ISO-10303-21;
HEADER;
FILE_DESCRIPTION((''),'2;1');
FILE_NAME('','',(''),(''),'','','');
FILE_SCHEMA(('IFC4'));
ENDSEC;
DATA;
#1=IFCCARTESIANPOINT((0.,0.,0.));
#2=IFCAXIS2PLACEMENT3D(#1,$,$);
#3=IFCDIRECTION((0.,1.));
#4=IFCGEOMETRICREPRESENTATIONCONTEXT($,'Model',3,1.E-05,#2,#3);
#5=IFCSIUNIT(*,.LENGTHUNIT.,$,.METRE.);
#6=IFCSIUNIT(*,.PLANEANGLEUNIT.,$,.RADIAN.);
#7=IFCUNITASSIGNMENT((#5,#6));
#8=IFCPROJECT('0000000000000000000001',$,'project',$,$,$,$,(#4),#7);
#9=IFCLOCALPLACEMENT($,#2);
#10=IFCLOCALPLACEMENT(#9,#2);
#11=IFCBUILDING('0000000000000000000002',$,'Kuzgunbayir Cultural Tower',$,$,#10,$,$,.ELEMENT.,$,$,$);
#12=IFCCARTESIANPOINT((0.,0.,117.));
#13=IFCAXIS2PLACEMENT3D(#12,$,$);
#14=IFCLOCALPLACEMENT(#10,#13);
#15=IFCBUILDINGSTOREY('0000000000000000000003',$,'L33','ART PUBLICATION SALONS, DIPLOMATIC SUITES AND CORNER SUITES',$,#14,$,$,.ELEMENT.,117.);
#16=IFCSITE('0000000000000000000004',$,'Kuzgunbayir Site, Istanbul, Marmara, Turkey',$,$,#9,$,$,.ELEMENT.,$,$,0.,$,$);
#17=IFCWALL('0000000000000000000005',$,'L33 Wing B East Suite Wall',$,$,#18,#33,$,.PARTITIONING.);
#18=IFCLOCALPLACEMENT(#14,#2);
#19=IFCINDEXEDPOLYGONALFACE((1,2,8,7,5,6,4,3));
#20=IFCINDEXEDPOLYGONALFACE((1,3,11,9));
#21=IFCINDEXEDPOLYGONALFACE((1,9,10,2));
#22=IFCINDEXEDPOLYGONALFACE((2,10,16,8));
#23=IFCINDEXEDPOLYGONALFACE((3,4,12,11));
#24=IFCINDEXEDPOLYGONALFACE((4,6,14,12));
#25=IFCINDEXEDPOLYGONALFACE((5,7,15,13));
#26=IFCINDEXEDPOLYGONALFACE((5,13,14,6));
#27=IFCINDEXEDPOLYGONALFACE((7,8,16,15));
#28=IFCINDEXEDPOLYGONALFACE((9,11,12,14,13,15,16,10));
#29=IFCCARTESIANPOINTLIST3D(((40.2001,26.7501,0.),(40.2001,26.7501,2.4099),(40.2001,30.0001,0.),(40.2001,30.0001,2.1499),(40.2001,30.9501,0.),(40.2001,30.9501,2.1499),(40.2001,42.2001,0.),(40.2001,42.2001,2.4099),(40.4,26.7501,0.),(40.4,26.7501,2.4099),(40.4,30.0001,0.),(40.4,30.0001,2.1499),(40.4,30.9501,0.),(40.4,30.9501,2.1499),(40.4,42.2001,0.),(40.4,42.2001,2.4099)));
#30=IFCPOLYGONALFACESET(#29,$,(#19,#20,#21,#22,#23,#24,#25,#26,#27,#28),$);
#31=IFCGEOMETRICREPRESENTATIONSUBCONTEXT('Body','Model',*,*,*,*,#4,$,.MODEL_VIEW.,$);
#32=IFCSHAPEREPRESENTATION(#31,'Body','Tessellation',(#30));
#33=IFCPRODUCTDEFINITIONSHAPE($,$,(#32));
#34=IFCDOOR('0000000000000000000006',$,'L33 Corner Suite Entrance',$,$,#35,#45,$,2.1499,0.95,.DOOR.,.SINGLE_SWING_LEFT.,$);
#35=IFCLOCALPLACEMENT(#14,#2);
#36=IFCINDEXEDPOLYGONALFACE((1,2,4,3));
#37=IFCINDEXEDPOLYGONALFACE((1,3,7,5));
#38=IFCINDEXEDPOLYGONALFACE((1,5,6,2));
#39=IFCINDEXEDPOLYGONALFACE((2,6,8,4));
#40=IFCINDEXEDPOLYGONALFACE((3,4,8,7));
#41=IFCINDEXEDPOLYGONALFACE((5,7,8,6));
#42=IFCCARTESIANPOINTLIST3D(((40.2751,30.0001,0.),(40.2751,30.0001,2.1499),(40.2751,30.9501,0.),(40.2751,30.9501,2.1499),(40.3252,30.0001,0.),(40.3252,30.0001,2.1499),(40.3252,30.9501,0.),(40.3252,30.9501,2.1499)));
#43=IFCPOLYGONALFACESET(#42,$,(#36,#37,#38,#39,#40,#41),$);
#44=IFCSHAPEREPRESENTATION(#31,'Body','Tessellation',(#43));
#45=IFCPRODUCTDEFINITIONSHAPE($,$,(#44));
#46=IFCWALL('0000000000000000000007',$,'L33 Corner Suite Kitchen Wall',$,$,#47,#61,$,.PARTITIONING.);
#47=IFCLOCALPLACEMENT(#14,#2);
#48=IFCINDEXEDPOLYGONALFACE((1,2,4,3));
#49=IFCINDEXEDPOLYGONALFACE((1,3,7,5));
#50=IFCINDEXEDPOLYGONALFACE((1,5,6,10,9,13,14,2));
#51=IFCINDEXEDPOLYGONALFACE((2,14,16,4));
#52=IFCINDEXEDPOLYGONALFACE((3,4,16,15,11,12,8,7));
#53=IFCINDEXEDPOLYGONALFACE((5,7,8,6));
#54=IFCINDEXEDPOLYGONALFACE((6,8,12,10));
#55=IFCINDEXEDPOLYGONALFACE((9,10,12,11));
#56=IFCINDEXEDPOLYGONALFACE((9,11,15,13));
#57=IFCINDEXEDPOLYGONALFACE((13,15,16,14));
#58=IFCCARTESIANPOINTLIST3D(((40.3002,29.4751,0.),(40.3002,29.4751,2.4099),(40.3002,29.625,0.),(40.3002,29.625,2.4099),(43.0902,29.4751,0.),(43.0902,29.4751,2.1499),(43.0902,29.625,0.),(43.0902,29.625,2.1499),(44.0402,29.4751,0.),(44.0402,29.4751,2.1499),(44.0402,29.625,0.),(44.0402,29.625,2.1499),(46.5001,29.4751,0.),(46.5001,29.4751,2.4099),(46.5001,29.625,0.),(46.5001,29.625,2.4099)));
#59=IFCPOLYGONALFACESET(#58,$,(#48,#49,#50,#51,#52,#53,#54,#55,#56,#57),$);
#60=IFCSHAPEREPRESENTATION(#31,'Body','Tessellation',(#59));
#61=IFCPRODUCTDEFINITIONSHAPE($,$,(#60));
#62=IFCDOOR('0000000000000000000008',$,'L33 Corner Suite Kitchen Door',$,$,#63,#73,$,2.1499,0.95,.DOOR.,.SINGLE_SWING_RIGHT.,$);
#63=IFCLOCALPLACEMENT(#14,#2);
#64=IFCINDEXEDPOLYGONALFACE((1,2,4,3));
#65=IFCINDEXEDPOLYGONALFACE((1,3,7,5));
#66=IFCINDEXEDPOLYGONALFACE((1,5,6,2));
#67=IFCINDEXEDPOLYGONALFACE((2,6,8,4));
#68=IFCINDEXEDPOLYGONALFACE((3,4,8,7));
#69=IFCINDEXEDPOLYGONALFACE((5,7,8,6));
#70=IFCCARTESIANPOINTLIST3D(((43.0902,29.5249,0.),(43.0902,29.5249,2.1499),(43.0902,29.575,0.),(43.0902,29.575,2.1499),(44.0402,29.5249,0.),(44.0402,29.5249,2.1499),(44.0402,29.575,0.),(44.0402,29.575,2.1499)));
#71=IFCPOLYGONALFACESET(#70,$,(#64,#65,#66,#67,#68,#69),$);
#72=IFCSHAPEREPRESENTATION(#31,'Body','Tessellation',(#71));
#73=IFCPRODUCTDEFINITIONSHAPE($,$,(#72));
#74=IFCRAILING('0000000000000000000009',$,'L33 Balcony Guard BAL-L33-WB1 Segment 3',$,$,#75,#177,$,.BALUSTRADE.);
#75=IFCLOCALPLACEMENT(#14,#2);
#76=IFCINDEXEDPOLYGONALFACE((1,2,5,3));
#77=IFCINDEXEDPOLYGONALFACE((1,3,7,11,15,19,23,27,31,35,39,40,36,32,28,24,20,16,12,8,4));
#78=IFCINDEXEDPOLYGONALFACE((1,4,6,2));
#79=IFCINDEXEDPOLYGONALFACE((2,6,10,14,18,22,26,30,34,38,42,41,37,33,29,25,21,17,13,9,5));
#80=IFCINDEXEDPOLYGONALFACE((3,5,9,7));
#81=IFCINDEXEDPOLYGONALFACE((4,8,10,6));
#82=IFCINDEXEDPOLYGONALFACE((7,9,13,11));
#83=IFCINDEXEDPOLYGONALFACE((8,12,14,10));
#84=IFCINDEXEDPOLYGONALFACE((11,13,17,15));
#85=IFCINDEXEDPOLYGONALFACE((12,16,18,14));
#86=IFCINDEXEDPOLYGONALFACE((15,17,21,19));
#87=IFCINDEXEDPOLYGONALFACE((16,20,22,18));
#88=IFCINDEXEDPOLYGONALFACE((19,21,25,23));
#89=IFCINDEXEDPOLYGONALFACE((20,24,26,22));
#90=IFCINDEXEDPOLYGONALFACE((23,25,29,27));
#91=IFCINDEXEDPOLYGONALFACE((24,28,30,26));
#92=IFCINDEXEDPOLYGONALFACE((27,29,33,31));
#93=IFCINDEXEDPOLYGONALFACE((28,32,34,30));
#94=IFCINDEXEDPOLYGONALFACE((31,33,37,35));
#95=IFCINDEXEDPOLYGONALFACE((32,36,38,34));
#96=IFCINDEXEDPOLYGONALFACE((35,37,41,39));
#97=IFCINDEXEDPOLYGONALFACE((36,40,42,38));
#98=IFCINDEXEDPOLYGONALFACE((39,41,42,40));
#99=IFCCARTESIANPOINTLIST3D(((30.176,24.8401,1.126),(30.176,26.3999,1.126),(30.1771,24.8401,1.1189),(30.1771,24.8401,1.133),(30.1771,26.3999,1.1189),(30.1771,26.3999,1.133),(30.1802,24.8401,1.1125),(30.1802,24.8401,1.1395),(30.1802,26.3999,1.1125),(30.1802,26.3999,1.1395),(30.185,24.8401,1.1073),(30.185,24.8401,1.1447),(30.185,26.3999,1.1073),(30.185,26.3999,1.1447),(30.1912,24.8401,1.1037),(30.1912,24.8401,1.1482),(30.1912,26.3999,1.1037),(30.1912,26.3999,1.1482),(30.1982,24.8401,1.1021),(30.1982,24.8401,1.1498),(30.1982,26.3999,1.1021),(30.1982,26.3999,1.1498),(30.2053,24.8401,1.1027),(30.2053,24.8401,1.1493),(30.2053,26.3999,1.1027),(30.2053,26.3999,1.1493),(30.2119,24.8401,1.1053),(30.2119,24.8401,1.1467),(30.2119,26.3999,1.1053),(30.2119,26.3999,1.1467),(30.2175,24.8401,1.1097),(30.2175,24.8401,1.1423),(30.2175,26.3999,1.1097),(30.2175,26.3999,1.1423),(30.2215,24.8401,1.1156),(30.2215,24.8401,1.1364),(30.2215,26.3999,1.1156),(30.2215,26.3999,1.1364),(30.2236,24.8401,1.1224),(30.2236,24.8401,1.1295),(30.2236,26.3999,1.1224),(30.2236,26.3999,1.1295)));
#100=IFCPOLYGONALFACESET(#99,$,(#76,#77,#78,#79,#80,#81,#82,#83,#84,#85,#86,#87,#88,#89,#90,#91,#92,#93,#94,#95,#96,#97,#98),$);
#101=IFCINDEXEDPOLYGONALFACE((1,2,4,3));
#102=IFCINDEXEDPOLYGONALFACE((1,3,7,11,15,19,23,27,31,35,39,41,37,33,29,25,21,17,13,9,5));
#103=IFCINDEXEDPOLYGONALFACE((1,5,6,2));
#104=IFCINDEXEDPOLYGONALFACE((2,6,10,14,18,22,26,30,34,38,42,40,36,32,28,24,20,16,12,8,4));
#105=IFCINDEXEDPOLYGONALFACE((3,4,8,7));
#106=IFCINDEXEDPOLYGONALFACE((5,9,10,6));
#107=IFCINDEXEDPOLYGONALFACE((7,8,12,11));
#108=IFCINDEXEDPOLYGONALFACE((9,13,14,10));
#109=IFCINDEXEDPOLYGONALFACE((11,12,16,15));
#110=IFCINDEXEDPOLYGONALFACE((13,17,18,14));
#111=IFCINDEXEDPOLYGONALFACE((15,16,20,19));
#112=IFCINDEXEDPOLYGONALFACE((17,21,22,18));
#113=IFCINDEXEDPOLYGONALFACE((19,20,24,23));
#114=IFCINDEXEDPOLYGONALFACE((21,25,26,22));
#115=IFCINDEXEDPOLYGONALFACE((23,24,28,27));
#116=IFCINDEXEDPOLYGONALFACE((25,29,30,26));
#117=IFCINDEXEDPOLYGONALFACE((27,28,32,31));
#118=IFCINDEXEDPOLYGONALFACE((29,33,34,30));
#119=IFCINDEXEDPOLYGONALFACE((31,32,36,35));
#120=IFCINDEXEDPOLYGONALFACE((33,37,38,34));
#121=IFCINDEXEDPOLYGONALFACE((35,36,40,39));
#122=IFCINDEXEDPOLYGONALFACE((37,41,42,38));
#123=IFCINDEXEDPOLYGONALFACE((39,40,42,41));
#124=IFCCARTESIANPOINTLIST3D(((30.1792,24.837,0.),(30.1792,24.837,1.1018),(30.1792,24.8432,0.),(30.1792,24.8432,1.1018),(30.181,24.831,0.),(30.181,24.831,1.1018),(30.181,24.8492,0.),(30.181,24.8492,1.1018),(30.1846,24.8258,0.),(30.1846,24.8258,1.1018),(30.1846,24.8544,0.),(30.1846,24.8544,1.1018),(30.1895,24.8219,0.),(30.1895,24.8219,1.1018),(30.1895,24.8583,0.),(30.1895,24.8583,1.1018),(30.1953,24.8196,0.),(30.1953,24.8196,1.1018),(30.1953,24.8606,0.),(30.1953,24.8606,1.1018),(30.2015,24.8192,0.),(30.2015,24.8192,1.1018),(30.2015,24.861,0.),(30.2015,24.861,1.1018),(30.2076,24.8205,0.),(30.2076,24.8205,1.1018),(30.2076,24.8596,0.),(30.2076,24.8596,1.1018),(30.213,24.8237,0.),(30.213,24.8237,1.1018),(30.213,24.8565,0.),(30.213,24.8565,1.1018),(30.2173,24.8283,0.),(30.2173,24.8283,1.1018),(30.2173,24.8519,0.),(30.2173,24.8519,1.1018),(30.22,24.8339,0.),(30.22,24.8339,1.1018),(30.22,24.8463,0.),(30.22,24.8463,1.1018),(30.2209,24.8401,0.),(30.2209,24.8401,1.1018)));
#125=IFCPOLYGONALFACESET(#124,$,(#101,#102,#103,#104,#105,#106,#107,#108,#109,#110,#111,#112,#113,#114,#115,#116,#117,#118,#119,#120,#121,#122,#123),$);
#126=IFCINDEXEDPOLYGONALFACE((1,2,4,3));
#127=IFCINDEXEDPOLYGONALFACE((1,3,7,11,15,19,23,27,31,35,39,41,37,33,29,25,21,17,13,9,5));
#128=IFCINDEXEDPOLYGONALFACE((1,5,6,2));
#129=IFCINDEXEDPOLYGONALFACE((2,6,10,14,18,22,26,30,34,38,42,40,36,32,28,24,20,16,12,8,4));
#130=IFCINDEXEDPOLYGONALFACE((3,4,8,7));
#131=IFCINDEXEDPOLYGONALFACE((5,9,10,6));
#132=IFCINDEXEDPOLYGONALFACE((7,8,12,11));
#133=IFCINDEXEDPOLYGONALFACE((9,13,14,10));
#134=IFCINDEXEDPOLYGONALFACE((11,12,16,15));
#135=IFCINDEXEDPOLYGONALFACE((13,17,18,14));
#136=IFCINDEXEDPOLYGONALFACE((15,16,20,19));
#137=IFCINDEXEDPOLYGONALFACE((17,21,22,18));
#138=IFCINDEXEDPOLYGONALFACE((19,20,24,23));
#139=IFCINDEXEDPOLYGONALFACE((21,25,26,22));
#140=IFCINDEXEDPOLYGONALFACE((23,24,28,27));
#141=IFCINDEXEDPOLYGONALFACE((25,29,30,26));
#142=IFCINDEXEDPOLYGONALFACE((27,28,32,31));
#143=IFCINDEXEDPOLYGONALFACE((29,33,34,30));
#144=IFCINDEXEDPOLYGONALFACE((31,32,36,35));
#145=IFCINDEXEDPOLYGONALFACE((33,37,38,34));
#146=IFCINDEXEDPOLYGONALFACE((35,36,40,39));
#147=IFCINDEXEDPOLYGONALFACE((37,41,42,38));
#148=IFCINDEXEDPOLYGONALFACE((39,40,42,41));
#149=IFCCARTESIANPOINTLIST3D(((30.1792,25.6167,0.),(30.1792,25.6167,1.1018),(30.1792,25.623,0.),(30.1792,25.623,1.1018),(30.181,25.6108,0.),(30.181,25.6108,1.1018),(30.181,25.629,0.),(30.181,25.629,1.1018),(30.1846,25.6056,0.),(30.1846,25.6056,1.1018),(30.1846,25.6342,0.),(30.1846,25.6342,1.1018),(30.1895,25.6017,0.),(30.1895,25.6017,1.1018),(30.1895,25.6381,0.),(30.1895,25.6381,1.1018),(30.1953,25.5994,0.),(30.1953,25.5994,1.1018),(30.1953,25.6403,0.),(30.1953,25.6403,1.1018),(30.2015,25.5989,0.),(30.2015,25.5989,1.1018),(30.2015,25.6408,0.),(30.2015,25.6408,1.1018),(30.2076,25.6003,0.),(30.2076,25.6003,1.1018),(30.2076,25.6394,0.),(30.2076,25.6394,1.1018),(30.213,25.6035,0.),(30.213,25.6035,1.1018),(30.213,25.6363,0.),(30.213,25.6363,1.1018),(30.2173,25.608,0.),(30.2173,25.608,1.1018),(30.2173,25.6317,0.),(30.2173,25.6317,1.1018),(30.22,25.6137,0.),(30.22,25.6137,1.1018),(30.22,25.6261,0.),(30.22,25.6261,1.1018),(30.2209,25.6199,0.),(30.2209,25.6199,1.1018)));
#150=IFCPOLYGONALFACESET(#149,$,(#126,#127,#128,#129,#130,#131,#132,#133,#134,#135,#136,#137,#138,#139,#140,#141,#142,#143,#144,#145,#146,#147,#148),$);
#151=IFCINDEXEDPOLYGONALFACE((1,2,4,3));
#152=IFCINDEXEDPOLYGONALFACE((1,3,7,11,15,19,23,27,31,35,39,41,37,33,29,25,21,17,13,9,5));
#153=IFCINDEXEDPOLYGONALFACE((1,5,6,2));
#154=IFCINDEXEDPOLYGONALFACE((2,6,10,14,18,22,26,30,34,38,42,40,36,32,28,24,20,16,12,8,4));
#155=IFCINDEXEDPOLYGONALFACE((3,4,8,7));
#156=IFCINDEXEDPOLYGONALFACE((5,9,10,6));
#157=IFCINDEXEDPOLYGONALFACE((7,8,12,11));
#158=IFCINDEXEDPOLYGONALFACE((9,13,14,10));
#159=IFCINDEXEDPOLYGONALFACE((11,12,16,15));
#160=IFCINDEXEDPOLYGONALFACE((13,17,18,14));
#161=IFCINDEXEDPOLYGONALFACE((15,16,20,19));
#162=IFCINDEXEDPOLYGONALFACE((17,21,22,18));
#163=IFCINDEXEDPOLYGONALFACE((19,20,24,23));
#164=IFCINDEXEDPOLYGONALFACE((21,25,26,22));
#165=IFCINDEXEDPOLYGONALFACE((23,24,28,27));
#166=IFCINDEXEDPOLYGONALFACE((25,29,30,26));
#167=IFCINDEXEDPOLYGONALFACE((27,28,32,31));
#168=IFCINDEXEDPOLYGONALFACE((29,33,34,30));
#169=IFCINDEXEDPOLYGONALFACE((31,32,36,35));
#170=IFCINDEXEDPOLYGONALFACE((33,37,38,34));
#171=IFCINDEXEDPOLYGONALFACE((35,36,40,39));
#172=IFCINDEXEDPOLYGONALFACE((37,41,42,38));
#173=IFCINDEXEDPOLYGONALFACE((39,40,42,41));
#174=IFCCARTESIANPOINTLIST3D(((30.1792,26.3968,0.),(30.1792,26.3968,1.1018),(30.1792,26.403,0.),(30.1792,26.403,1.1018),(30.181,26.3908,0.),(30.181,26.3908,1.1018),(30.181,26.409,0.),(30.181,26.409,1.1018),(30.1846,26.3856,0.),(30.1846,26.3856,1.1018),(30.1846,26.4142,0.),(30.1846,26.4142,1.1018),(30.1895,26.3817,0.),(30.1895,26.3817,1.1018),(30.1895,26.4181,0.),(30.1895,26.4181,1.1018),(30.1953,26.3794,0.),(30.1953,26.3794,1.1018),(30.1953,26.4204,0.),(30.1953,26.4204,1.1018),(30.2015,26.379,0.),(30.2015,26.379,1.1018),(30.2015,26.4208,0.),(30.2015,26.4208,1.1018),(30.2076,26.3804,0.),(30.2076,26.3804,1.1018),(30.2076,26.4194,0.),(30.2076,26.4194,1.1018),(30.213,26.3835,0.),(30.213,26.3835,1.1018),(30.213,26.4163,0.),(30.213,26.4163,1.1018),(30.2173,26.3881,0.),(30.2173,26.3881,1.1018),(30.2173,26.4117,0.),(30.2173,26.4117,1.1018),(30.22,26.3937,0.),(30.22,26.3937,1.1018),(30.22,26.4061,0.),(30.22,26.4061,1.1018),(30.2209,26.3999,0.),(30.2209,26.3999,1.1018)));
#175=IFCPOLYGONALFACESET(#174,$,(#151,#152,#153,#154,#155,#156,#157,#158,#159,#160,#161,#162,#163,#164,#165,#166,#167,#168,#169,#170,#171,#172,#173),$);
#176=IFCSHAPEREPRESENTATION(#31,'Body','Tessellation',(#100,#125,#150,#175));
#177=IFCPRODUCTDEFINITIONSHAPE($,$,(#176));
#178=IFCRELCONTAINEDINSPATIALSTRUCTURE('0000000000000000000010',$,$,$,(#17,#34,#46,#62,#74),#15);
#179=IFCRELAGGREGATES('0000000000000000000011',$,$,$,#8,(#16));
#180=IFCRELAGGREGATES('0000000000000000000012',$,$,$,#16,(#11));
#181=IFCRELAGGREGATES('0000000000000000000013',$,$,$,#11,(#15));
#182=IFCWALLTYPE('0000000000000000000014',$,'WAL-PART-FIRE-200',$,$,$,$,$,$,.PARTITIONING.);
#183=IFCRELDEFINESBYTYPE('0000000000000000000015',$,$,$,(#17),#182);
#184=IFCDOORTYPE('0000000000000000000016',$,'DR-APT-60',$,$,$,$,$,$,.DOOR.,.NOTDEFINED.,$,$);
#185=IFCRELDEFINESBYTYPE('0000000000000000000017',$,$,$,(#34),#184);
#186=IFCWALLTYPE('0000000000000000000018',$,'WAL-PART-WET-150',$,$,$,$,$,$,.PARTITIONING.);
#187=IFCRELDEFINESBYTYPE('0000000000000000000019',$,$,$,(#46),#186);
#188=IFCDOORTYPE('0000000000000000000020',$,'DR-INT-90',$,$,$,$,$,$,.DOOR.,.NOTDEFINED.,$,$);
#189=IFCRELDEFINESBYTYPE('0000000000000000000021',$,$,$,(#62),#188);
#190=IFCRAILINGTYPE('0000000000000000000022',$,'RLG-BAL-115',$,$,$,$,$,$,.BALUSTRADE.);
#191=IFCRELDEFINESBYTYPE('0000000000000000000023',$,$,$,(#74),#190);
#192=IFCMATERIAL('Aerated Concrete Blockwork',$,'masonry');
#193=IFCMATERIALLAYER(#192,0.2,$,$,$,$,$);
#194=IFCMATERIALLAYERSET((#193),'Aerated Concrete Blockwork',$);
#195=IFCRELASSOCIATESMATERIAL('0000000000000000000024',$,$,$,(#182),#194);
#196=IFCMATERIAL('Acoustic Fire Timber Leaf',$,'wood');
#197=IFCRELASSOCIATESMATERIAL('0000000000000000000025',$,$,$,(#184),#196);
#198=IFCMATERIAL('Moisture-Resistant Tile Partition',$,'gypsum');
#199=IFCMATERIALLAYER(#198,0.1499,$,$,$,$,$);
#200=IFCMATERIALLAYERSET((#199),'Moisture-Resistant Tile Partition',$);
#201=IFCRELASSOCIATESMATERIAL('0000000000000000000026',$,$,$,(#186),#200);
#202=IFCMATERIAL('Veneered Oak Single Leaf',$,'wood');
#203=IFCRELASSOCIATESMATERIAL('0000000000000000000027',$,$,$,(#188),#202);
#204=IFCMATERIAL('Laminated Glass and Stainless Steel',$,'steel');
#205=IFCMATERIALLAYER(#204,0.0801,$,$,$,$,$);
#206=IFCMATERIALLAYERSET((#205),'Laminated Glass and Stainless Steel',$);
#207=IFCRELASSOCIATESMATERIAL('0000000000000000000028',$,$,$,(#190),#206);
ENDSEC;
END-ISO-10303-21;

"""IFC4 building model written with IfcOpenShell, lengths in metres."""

from ifc_helpers import new_model, si_unit, direction, frame, frame_2d, origin, origin_2d, place, context, subcontext, project, spatial, rectangle, circle, extrude, material, layer, layer_set, type_object, element, fill, save


model = new_model("IFC4")

# Units and contexts
model_context = context("Model", 3, precision=1e-05, world=origin(), true_north=direction((0.0, 1.0)))
body_context = subcontext(model_context, "Body", "Model", "MODEL_VIEW")
ifc_project = project(units=[si_unit("LENGTHUNIT", "METRE"), si_unit("PLANEANGLEUNIT", "RADIAN")], contexts=[model_context])

# Site, building, storey
site_placement = place(None, origin())
site = spatial("IfcSite", under=ifc_project, at=site_placement, Name="Kuzgunbayir Site, Istanbul, Marmara, Turkey", CompositionType="ELEMENT", RefElevation=0.0)
building_placement = place(site_placement, origin())
building = spatial("IfcBuilding", under=site, at=building_placement, Name="Kuzgunbayir Cultural Tower", CompositionType="ELEMENT")
storey_placement = place(building_placement, frame((0.0, 0.0, 117.0)))
storey = spatial("IfcBuildingStorey", under=building, at=storey_placement, Name="L33", Description="ART PUBLICATION SALONS, DIPLOMATIC SUITES AND CORNER SUITES", CompositionType="ELEMENT", Elevation=117.0)

# Walls, openings, doors
ifc_material_1 = material(Name="Aerated Concrete Blockwork", Category="masonry")
ifc_layer_1 = layer(ifc_material_1, 0.2)
ifc_layer_set_1 = layer_set([ifc_layer_1], Name="Aerated Concrete Blockwork")
wall_type_1 = type_object("IfcWallType", Name="WAL-PART-FIRE-200", PredefinedType="PARTITIONING", material=ifc_layer_set_1)
wall_1_placement = place(storey_placement, frame((40.3, 26.75, 0.0), z_axis=(0.0, 0.0, 1.0), x_axis=(0.0, 1.0, 0.0)))
wall_1 = element("IfcWall", 1, at=wall_1_placement, inside=storey, type_object=wall_type_1, Name="L33 Wing B East Suite Wall", PredefinedType="PARTITIONING", context=body_context, shape_type="SweptSolid", body=[
    extrude(rectangle(XDim=15.45, YDim=0.2, at=frame_2d((7.7251, 0.0))), origin(), (0.0, 0.0, 1.0), 2.4099),
])
opening_1_placement = place(wall_1_placement, frame((3.25, 0.0, 0.0)))
opening_1 = element("IfcOpeningElement", 2, at=opening_1_placement, cuts=wall_1, PredefinedType="OPENING", context=body_context, shape_type="SweptSolid", body=[
    extrude(rectangle(XDim=0.95, YDim=2.1499, at=frame_2d((0.4751, 1.075))), frame((0.0, 0.1099, 0.0), z_axis=(0.0, -1.0, 0.0), x_axis=(1.0, 0.0, 0.0)), (0.0, 0.0, 1.0), 0.22),
])
ifc_material_2 = material(Name="Acoustic Fire Timber Leaf", Category="wood")
door_type_1 = type_object("IfcDoorType", Name="DR-APT-60", OperationType="NOTDEFINED", PredefinedType="DOOR", material=ifc_material_2)
door_1_placement = place(opening_1_placement, origin())
door_1 = element("IfcDoor", 3, at=door_1_placement, inside=storey, type_object=door_type_1, Name="L33 Corner Suite Entrance", OperationType="SINGLE_SWING_LEFT", OverallHeight=2.1499, OverallWidth=0.95, PredefinedType="DOOR", context=body_context, shape_type="SweptSolid", body=[
    extrude(rectangle(XDim=0.95, YDim=2.1499, at=frame_2d((0.4751, 1.075))), frame((0.0, 0.0249, 0.0), z_axis=(0.0, -1.0, 0.0), x_axis=(1.0, 0.0, 0.0)), (0.0, 0.0, 1.0), 0.05),
])
fill(opening_1, door_1)
ifc_material_3 = material(Name="Moisture-Resistant Tile Partition", Category="gypsum")
ifc_layer_2 = layer(ifc_material_3, 0.1499)
ifc_layer_set_2 = layer_set([ifc_layer_2], Name="Moisture-Resistant Tile Partition")
wall_type_2 = type_object("IfcWallType", Name="WAL-PART-WET-150", PredefinedType="PARTITIONING", material=ifc_layer_set_2)
wall_2_placement = place(storey_placement, frame((40.3, 29.55, 0.0), z_axis=(0.0, 0.0, 1.0), x_axis=(1.0, 0.0, 0.0)))
wall_2 = element("IfcWall", 4, at=wall_2_placement, inside=storey, type_object=wall_type_2, Name="L33 Corner Suite Kitchen Wall", PredefinedType="PARTITIONING", context=body_context, shape_type="SweptSolid", body=[
    extrude(rectangle(XDim=6.2, YDim=0.1499, at=frame_2d((3.1001, 0.0))), origin(), (0.0, 0.0, 1.0), 2.4099),
])
opening_2_placement = place(wall_2_placement, frame((2.79, 0.0, 0.0)))
opening_2 = element("IfcOpeningElement", 5, at=opening_2_placement, cuts=wall_2, PredefinedType="OPENING", context=body_context, shape_type="SweptSolid", body=[
    extrude(rectangle(XDim=0.95, YDim=2.1499, at=frame_2d((0.4751, 1.075))), frame((0.0, 0.085, 0.0), z_axis=(0.0, -1.0, 0.0), x_axis=(1.0, 0.0, 0.0)), (0.0, 0.0, 1.0), 0.1699),
])
ifc_material_4 = material(Name="Veneered Oak Single Leaf", Category="wood")
door_type_2 = type_object("IfcDoorType", Name="DR-INT-90", OperationType="NOTDEFINED", PredefinedType="DOOR", material=ifc_material_4)
door_2_placement = place(opening_2_placement, origin())
door_2 = element("IfcDoor", 6, at=door_2_placement, inside=storey, type_object=door_type_2, Name="L33 Corner Suite Kitchen Door", OperationType="SINGLE_SWING_RIGHT", OverallHeight=2.1499, OverallWidth=0.95, PredefinedType="DOOR", context=body_context, shape_type="SweptSolid", body=[
    extrude(rectangle(XDim=0.95, YDim=2.1499, at=frame_2d((0.4751, 1.075))), frame((0.0, 0.0249, 0.0), z_axis=(0.0, -1.0, 0.0), x_axis=(1.0, 0.0, 0.0)), (0.0, 0.0, 1.0), 0.05),
])
fill(opening_2, door_2)

# Railing
ifc_material_5 = material(Name="Laminated Glass and Stainless Steel", Category="steel")
ifc_layer_3 = layer(ifc_material_5, 0.0801)
ifc_layer_set_3 = layer_set([ifc_layer_3], Name="Laminated Glass and Stainless Steel")
railing_type = type_object("IfcRailingType", Name="RLG-BAL-115", PredefinedType="BALUSTRADE", material=ifc_layer_set_3)
railing_1_placement = place(storey_placement, frame((30.2, 24.8401, 0.0)))
element("IfcRailing", 7, at=railing_1_placement, inside=storey, type_object=railing_type, Name="L33 Balcony Guard BAL-L33-WB1 Segment 3", PredefinedType="BALUSTRADE", context=body_context, shape_type="SweptSolid", body=[
    extrude(circle(Radius=0.0239, at=origin_2d()), frame((0.0, 0.0, 1.126), z_axis=(0.0, 1.0, 0.0), x_axis=(-1.0, 0.0, 0.0)), (0.0, 0.0, 1.0), 1.5598),
    extrude(circle(Radius=0.021, at=origin_2d()), origin(), (0.0, 0.0, 1.0), 1.1018),
    extrude(circle(Radius=0.021, at=origin_2d()), frame((0.0, 0.7798, 0.0)), (0.0, 0.0, 1.0), 1.1018),
    extrude(circle(Radius=0.021, at=origin_2d()), frame((0.0, 1.5598, 0.0)), (0.0, 0.0, 1.0), 1.1018),
])

save(model, "model.ifc")
